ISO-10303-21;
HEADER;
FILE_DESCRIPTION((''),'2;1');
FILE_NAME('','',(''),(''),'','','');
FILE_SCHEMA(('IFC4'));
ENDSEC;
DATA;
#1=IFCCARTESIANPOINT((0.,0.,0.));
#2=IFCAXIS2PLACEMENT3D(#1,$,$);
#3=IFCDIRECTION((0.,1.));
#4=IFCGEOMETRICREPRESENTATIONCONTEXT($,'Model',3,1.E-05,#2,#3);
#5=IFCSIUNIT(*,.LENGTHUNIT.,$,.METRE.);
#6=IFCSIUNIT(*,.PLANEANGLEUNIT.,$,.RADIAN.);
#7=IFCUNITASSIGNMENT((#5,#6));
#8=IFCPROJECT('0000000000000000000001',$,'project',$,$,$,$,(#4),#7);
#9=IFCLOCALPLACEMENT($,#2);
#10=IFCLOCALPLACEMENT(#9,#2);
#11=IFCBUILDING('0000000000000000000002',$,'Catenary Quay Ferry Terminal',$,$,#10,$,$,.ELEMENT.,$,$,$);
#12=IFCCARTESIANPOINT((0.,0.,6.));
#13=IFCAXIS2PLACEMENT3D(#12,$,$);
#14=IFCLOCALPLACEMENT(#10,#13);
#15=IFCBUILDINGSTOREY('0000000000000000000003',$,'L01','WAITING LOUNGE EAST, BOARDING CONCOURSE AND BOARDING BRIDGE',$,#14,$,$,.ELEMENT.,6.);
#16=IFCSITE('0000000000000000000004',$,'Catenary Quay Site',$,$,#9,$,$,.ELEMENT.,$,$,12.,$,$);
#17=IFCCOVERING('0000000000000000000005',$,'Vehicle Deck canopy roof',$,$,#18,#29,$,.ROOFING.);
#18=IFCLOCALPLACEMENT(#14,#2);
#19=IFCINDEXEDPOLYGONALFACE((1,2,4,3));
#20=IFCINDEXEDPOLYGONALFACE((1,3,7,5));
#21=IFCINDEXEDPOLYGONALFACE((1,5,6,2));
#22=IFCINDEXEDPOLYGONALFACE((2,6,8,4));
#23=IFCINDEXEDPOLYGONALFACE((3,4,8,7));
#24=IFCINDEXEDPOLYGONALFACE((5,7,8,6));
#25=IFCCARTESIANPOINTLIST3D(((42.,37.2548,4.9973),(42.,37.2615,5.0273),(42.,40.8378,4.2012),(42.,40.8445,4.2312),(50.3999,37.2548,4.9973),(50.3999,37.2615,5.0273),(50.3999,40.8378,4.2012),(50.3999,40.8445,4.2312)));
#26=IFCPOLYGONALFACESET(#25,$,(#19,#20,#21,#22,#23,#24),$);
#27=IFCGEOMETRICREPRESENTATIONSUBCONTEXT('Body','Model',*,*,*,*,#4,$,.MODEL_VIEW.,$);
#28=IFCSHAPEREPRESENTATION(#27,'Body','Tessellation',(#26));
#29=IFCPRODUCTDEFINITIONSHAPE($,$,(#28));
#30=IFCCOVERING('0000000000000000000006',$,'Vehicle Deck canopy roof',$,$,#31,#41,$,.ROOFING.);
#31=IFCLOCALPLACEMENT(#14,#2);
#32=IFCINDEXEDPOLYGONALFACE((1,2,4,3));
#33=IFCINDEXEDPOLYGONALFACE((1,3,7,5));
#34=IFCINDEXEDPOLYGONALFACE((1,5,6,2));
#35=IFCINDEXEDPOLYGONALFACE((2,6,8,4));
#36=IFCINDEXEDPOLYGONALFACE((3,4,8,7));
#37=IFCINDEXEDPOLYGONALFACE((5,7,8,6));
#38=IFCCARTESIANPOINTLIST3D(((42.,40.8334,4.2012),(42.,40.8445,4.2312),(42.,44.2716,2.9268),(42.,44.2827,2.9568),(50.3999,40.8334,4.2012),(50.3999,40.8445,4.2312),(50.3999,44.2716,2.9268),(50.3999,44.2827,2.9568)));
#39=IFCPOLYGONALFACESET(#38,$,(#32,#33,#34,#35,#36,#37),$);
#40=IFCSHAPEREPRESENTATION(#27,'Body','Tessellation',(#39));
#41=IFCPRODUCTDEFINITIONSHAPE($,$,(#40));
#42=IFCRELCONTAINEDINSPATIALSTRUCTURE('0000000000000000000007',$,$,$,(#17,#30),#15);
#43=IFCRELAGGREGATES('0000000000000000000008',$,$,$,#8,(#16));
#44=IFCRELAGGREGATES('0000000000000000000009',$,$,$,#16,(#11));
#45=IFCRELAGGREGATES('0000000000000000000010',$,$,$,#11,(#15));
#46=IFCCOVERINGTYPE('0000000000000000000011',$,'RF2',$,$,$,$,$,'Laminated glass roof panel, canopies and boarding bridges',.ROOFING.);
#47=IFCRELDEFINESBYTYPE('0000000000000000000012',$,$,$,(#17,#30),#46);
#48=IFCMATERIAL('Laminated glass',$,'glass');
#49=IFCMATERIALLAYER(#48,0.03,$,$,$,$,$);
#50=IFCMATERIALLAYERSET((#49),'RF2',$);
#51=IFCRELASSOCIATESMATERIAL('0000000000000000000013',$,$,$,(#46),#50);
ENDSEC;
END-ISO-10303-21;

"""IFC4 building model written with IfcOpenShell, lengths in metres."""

from ifc_helpers import new_model, si_unit, direction, frame, origin, place, context, subcontext, project, spatial, polyline, outline, extrude, material, layer, layer_set, type_object, element, save


model = new_model("IFC4")

# Units and contexts
model_context = context("Model", 3, precision=1e-05, world=origin(), true_north=direction((0.0, 1.0)))
body_context = subcontext(model_context, "Body", "Model", "MODEL_VIEW")
ifc_project = project(units=[si_unit("LENGTHUNIT", "METRE"), si_unit("PLANEANGLEUNIT", "RADIAN")], contexts=[model_context])

# Site, building, storey
site_placement = place(None, origin())
site = spatial("IfcSite", under=ifc_project, at=site_placement, Name="Catenary Quay Site", CompositionType="ELEMENT", RefElevation=12.0)
building_placement = place(site_placement, origin())
building = spatial("IfcBuilding", under=site, at=building_placement, Name="Catenary Quay Ferry Terminal", CompositionType="ELEMENT")
storey_placement = place(building_placement, frame((0.0, 0.0, 6.0)))
storey = spatial("IfcBuildingStorey", under=building, at=storey_placement, Name="L01", Description="WAITING LOUNGE EAST, BOARDING CONCOURSE AND BOARDING BRIDGE", CompositionType="ELEMENT", Elevation=6.0)

# Coverings
ifc_material_1 = material(Name="Laminated glass", Category="glass")
ifc_layer = layer(ifc_material_1, 0.03)
ifc_layer_set = layer_set([ifc_layer], Name="RF2")
covering_type = type_object("IfcCoveringType", Name="RF2", ElementType="Laminated glass roof panel, canopies and boarding bridges", PredefinedType="ROOFING", material=ifc_layer_set)
covering_1_placement = place(storey_placement, frame((42.0, 37.2615, 5.0273), z_axis=(0.0, 0.216909, 0.976192), x_axis=(1.0, 0.0, 0.0)))
element("IfcCovering", 1, at=covering_1_placement, inside=storey, type_object=covering_type, Name="Vehicle Deck canopy roof", PredefinedType="ROOFING", context=body_context, shape_type="SweptSolid", body=[
    extrude(outline(polyline([(0.0, 0.0), (8.3999, 0.0), (8.3999, 3.6704), (0.0, 3.6704), (0.0, 0.0)])), origin(), (0.0, 0.0, -1.0), 0.0308),
])
covering_2_placement = place(storey_placement, frame((42.0, 40.8445, 4.2312), z_axis=(0.0, 0.347553, 0.93766), x_axis=(1.0, 0.0, 0.0)))
element("IfcCovering", 2, at=covering_2_placement, inside=storey, type_object=covering_type, Name="Vehicle Deck canopy roof", PredefinedType="ROOFING", context=body_context, shape_type="SweptSolid", body=[
    extrude(outline(polyline([(0.0, 0.0), (8.3999, 0.0), (8.3999, 3.6668), (0.0, 3.6668), (0.0, 0.0)])), origin(), (0.0, 0.0, -1.0), 0.032),
])

save(model, "model.ifc")
